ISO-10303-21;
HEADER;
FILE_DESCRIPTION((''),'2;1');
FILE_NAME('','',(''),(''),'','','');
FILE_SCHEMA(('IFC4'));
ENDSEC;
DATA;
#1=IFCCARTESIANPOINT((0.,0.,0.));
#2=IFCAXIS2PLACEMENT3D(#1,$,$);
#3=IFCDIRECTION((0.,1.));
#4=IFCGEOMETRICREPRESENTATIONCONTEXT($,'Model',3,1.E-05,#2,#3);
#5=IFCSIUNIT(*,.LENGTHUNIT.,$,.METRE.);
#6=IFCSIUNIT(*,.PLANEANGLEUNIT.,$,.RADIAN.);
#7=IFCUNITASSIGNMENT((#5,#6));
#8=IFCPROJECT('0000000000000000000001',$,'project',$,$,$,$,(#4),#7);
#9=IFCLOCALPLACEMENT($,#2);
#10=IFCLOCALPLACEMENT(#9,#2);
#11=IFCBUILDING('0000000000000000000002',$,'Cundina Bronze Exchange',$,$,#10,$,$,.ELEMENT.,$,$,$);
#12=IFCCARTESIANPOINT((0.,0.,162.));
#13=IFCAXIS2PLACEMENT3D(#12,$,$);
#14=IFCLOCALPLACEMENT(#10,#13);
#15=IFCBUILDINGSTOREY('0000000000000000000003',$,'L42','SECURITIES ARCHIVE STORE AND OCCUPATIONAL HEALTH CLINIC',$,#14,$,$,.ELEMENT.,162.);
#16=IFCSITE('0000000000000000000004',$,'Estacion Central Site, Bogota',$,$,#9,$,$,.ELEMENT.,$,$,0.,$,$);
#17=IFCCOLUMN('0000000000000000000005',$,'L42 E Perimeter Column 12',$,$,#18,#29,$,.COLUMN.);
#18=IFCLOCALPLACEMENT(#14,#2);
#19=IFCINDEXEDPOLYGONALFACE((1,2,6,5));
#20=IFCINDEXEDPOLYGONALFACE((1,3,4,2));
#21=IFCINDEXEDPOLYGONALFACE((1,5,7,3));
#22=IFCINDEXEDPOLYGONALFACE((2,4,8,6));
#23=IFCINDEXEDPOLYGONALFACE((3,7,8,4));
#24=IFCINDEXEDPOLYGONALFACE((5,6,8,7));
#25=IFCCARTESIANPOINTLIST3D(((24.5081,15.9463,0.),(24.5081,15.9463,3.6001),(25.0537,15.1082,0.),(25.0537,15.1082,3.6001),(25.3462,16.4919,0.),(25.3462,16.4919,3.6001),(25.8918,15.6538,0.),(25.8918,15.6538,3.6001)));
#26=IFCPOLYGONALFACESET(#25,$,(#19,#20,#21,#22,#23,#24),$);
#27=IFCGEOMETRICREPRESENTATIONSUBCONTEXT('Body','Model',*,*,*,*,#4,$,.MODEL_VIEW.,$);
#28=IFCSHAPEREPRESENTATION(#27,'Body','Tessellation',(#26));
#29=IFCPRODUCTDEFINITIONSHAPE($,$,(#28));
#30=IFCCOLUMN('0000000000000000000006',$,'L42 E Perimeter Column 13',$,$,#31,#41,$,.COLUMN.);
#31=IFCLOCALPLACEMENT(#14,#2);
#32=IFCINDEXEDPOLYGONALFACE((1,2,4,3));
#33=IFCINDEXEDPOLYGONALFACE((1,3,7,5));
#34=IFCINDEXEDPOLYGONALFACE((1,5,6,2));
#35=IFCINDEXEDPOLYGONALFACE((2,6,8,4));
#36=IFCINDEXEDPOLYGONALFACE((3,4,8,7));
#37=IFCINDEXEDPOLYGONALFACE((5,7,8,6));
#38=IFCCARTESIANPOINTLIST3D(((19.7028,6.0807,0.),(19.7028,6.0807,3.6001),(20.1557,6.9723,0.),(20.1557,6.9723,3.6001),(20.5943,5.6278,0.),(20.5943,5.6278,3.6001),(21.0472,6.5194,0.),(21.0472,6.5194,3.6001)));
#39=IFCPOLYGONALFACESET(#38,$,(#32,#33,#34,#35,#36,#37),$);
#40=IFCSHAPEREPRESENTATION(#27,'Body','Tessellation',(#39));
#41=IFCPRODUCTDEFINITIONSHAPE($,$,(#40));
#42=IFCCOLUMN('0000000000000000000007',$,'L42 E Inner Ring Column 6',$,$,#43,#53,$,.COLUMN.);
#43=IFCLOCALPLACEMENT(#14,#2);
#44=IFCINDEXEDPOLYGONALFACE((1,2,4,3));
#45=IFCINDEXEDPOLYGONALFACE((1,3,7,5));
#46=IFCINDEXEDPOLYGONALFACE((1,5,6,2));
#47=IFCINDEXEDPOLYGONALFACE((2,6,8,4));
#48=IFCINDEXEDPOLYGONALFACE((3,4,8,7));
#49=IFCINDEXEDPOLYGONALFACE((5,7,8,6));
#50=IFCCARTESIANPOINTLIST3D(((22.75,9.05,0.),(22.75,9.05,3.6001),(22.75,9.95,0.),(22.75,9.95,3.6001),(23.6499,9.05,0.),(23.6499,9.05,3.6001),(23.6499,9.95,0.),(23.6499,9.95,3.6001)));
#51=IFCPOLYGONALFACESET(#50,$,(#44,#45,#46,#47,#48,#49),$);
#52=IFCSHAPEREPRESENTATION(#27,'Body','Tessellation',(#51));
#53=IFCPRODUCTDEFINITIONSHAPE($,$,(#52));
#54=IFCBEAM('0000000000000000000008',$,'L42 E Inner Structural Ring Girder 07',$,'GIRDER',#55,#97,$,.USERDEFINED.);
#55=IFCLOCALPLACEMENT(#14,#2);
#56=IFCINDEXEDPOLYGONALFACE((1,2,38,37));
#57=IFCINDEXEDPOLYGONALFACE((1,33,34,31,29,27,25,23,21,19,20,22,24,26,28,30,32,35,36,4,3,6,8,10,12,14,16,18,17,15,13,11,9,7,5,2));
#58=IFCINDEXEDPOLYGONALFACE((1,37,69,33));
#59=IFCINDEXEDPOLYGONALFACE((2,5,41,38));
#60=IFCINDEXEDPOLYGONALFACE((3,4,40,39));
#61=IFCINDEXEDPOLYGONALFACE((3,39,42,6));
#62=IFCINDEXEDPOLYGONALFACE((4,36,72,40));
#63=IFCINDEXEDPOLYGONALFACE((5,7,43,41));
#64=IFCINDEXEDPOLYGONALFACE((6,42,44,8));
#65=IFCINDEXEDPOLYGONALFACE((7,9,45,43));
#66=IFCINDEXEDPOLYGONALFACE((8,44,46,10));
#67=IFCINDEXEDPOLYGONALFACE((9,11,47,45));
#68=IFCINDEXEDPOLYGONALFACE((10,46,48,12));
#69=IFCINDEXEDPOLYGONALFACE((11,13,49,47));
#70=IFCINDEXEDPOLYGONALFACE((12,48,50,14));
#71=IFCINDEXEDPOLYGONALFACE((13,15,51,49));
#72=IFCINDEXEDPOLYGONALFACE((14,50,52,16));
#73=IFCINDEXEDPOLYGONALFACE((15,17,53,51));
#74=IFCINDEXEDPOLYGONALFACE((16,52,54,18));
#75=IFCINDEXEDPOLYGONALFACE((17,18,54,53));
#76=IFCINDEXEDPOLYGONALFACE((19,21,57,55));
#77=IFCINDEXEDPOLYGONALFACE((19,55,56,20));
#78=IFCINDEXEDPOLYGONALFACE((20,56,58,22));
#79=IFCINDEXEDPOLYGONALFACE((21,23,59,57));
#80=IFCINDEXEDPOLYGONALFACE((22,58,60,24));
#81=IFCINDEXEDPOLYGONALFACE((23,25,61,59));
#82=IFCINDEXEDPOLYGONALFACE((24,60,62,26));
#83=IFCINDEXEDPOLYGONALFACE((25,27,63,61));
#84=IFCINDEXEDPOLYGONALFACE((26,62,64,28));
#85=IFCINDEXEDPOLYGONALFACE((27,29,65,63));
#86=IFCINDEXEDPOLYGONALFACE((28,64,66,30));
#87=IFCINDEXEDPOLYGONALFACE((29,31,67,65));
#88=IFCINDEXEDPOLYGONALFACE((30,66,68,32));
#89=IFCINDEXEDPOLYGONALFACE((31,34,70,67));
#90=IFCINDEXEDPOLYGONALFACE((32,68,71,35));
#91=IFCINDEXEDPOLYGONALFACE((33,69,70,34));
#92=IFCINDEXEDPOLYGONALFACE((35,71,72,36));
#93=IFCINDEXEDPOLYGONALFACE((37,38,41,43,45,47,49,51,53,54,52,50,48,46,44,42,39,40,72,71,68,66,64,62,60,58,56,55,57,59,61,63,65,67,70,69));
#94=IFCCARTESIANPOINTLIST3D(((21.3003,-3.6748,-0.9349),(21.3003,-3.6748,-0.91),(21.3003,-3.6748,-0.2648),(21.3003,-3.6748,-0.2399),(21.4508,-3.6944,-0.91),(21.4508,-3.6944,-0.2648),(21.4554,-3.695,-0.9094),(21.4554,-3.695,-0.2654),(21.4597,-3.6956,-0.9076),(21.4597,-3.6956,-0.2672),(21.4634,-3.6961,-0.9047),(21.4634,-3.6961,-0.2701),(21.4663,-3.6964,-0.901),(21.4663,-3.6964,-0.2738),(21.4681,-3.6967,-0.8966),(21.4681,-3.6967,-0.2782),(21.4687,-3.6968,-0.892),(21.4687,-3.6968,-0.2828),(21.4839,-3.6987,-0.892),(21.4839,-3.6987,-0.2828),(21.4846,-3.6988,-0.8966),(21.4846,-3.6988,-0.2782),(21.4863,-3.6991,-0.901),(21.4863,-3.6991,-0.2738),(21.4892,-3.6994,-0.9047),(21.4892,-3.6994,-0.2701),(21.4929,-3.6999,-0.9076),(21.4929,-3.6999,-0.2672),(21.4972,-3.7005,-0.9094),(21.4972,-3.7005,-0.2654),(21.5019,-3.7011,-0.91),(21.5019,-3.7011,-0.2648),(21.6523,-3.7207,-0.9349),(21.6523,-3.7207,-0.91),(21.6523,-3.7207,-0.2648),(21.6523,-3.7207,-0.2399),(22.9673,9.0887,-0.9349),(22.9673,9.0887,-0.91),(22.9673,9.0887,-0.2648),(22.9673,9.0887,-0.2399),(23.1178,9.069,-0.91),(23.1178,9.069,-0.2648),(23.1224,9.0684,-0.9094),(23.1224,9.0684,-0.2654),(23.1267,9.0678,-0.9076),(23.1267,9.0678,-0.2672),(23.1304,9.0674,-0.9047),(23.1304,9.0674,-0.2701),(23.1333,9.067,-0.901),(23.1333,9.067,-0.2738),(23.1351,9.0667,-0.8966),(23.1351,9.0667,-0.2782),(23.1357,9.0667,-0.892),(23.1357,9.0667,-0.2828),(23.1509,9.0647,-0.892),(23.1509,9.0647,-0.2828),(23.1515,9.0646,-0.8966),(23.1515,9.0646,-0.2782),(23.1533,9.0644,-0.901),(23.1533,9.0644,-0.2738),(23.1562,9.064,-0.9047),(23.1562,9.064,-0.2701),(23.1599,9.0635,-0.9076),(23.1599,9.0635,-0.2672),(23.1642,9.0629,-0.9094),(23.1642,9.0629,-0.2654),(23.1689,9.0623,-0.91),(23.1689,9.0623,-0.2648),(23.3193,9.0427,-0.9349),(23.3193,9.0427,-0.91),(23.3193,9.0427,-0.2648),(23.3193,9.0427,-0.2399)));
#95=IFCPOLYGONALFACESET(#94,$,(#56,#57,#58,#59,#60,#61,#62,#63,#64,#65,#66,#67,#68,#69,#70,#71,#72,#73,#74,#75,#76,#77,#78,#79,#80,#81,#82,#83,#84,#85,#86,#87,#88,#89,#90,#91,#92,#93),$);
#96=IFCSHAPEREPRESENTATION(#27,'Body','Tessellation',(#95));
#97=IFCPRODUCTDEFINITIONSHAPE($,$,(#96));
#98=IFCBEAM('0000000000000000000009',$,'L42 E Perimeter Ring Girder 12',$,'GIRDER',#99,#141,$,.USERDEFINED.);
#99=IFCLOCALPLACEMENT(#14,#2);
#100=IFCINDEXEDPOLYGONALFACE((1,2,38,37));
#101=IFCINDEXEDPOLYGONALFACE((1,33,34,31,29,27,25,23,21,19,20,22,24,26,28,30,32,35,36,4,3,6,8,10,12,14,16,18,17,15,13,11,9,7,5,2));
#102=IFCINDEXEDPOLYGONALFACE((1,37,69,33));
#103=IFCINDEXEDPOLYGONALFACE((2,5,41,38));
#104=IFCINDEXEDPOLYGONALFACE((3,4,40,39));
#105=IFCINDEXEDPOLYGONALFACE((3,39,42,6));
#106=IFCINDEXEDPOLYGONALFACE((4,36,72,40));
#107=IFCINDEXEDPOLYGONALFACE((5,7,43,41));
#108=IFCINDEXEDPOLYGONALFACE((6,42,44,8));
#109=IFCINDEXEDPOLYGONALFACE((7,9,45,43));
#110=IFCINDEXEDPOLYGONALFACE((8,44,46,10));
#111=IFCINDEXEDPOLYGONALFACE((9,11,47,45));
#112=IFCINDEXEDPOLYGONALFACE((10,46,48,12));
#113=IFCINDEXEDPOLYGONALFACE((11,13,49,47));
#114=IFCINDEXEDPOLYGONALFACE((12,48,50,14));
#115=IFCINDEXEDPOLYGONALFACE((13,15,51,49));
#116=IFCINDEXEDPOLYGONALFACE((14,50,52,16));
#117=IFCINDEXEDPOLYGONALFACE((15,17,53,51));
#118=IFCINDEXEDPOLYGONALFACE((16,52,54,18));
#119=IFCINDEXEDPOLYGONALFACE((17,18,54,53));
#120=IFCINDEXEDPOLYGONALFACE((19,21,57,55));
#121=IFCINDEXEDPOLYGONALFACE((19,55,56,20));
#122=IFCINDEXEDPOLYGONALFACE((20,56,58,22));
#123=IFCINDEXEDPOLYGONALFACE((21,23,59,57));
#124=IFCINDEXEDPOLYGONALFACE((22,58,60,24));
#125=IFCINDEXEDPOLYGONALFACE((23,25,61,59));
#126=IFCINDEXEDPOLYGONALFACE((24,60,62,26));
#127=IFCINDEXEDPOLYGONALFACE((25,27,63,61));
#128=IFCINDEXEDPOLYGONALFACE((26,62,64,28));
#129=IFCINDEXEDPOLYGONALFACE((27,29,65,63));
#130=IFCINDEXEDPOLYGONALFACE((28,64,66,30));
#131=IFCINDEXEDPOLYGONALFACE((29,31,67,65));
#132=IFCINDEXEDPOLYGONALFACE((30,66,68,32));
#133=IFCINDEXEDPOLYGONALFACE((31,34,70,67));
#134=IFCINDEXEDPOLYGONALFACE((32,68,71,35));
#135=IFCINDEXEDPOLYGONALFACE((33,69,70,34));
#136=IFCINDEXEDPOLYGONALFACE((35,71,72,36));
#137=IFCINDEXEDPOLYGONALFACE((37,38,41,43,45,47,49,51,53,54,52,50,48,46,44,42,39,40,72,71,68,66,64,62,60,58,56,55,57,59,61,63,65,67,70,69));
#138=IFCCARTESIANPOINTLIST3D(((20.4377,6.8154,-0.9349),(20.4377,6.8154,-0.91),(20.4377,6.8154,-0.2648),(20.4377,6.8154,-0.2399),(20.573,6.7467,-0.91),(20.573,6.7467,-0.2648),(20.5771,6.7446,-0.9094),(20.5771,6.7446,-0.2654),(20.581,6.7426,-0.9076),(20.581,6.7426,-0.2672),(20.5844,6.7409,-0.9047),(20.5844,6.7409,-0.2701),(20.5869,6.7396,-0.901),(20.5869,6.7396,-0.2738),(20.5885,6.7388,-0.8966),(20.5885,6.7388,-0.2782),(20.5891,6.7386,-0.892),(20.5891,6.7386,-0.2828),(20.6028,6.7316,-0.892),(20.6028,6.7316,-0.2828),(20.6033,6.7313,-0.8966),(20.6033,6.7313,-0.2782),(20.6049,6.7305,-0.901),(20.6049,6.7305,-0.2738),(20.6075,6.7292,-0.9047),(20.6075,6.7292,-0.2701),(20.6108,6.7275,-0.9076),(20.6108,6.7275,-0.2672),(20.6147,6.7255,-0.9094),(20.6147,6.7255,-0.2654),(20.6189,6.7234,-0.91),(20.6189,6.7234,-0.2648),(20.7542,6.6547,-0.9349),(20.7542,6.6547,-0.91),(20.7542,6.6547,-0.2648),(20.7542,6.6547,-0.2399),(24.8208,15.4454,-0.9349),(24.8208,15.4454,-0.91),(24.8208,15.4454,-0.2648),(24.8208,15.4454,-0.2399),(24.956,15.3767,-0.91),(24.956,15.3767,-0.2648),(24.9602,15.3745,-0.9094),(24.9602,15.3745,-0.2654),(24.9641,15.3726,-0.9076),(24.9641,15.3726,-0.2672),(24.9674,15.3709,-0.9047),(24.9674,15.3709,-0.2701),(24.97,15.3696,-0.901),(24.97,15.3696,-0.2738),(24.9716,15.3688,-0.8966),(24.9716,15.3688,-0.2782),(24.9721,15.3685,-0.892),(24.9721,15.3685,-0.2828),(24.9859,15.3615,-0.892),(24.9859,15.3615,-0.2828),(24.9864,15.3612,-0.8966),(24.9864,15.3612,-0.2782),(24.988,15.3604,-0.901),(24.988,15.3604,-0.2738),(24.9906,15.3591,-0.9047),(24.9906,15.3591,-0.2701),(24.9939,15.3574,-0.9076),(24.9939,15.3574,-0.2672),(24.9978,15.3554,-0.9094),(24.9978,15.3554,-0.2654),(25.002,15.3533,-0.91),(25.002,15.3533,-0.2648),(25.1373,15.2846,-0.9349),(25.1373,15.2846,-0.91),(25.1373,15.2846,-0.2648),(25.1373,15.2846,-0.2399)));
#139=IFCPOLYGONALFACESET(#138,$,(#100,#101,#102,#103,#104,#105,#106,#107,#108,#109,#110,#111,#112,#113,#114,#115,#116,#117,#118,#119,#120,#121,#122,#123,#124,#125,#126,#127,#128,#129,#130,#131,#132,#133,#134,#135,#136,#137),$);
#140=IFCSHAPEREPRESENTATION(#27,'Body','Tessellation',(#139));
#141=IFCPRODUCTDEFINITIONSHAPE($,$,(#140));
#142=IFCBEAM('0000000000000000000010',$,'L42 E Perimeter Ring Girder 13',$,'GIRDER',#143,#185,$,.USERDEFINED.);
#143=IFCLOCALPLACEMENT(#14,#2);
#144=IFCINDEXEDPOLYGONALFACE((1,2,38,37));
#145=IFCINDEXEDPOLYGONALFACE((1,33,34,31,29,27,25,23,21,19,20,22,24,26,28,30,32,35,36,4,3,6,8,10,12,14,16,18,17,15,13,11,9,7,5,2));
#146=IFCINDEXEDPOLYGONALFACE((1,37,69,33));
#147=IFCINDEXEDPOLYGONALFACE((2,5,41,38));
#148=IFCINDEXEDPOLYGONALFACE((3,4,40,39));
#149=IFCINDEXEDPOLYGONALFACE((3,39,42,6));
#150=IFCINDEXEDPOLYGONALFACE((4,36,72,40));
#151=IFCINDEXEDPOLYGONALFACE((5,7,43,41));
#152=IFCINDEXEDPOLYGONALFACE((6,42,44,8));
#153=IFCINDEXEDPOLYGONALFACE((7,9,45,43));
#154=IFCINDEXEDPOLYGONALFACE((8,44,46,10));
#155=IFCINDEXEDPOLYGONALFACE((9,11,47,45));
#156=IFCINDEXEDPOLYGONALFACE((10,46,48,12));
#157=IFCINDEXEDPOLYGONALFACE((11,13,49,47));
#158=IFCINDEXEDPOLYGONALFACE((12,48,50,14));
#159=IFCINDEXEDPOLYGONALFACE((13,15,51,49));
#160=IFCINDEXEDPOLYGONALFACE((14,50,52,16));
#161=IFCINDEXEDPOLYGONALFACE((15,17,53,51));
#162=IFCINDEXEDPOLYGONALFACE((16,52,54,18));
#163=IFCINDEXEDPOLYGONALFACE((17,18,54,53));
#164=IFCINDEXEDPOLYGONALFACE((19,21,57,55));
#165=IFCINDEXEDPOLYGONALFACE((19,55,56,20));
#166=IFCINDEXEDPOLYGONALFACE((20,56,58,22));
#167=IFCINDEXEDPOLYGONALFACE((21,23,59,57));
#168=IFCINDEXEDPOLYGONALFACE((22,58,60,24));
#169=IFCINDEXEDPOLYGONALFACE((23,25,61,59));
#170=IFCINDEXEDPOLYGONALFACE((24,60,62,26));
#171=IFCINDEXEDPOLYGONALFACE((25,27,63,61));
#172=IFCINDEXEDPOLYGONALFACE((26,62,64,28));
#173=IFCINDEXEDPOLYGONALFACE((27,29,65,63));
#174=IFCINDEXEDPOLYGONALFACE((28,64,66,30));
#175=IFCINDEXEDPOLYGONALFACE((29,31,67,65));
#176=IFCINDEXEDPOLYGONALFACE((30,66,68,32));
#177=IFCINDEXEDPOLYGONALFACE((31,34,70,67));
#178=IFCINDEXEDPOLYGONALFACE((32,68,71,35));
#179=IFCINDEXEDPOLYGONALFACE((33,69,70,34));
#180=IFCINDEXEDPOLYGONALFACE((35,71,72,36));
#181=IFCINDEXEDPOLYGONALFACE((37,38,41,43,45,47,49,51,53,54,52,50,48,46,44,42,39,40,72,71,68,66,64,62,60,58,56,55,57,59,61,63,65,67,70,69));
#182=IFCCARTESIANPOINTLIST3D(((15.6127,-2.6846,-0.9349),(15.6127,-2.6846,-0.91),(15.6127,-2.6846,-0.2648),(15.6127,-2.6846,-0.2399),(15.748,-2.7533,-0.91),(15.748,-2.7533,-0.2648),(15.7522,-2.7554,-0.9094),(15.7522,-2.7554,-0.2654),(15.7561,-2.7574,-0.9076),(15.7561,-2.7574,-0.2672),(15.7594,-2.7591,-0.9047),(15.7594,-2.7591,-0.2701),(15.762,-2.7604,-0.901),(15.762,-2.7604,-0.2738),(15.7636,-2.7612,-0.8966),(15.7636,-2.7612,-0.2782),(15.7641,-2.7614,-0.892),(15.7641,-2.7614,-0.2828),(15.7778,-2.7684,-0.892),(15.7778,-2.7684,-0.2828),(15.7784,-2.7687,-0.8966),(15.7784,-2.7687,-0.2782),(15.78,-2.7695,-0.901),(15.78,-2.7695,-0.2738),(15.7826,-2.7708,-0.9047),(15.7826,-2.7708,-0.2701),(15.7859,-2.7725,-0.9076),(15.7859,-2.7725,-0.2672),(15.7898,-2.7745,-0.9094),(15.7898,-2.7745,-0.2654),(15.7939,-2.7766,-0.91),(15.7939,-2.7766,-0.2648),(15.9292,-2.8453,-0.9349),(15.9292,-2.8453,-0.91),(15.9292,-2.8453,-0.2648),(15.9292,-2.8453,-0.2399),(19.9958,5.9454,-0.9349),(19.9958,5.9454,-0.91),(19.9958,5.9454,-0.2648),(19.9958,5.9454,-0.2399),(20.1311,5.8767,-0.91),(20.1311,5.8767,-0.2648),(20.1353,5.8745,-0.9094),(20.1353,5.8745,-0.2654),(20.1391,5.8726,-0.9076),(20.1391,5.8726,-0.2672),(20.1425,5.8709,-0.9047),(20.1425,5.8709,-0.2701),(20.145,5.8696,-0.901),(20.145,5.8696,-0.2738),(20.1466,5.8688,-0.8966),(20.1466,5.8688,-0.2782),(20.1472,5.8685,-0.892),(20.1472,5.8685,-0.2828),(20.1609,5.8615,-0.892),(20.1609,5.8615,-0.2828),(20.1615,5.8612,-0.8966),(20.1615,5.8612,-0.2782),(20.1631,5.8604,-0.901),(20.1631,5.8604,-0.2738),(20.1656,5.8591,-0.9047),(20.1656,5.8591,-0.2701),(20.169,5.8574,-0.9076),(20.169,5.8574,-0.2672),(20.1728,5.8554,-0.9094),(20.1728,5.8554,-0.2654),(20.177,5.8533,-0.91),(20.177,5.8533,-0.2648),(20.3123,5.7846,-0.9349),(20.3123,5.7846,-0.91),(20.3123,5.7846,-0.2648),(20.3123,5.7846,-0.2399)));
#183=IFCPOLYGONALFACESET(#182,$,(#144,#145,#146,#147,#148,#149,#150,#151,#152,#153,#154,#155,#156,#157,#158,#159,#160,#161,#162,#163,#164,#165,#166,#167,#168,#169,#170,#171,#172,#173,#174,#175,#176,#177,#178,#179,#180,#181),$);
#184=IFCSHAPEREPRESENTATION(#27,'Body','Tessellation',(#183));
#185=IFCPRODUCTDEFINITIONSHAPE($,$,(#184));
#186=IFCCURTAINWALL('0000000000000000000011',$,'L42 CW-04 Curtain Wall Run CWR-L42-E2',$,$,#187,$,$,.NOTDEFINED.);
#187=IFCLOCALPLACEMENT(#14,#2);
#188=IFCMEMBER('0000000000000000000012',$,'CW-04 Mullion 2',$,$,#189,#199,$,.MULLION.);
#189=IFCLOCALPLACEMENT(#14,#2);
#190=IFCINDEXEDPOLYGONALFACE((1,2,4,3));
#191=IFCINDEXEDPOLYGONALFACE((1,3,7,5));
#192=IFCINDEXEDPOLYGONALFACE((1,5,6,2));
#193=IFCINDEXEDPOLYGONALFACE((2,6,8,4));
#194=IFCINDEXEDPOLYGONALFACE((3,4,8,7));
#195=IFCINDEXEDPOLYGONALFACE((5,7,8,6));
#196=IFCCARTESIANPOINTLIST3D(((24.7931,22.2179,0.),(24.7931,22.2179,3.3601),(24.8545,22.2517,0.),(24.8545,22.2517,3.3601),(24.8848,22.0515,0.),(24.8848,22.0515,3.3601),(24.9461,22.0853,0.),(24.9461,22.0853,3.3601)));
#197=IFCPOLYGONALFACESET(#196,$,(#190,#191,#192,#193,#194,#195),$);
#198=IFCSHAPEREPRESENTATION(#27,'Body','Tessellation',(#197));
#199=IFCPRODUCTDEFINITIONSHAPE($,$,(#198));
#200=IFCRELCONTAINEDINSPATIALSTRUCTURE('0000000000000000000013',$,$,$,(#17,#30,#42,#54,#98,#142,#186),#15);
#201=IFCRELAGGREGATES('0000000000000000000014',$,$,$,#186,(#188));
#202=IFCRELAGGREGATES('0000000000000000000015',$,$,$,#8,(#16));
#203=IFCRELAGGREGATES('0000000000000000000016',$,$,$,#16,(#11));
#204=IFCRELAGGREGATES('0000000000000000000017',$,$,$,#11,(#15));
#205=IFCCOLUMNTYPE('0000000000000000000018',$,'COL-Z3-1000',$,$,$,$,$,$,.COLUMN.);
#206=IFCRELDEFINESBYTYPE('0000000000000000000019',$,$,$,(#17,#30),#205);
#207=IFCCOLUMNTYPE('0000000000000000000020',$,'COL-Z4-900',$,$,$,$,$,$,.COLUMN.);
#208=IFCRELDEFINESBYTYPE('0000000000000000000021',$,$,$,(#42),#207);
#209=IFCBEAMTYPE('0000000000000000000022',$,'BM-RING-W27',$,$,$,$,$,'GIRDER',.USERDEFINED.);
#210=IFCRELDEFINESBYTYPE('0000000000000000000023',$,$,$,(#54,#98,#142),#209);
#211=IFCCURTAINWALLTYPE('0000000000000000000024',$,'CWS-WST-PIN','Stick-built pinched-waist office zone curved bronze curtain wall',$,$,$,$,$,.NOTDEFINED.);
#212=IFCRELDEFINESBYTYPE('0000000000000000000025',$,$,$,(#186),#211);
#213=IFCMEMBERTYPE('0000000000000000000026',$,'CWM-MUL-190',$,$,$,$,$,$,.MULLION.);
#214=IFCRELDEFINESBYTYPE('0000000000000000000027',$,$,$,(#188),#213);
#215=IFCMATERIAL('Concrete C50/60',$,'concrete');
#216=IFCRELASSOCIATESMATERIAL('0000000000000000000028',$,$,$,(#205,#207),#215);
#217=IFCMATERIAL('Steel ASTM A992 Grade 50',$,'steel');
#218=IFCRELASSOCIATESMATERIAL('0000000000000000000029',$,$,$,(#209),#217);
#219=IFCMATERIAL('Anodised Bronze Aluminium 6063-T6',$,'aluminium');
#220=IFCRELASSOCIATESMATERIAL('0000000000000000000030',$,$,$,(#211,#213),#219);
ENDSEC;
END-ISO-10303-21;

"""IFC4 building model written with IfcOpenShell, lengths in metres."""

from ifc_helpers import new_model, si_unit, direction, frame, origin, origin_2d, place, context, subcontext, project, spatial, rectangle, i_section, extrude, material, material_profile, profile_set, type_object, element, aggregate, save


model = new_model("IFC4")

# Units and contexts
model_context = context("Model", 3, precision=1e-05, world=origin(), true_north=direction((0.0, 1.0)))
body_context = subcontext(model_context, "Body", "Model", "MODEL_VIEW")
ifc_project = project(units=[si_unit("LENGTHUNIT", "METRE"), si_unit("PLANEANGLEUNIT", "RADIAN")], contexts=[model_context])

# Site, building, storey
site_placement = place(None, origin())
site = spatial("IfcSite", under=ifc_project, at=site_placement, Name="Estacion Central Site, Bogota", CompositionType="ELEMENT", RefElevation=0.0)
building_placement = place(site_placement, origin())
building = spatial("IfcBuilding", under=site, at=building_placement, Name="Cundina Bronze Exchange", CompositionType="ELEMENT")
storey_placement = place(building_placement, frame((0.0, 0.0, 162.0)))
storey = spatial("IfcBuildingStorey", under=building, at=storey_placement, Name="L42", Description="SECURITIES ARCHIVE STORE AND OCCUPATIONAL HEALTH CLINIC", CompositionType="ELEMENT", Elevation=162.0)

# Columns
ifc_material_1 = material(Name="Concrete C50/60", Category="concrete")
ifc_material_profile_1 = material_profile(ifc_material_1, rectangle(XDim=1.0, YDim=1.0, at=origin_2d()), Name="RC1000X1000", Category="concrete")
ifc_profile_set_1 = profile_set([ifc_material_profile_1], Name="Concrete C50/60")
column_type_1 = type_object("IfcColumnType", Name="COL-Z3-1000", PredefinedType="COLUMN", material=ifc_profile_set_1)
for number, where, z_axis, x_axis, name in (
    (1, (25.2, 15.8, 0.0), (0.0, 0.0, 1.0), (-0.8381, -0.545517, 0.0), "L42 E Perimeter Column 12"),
    (2, (20.375, 6.3, 0.0), (0.0, 0.0, 1.0), (-0.452902, -0.891561, 0.0), "L42 E Perimeter Column 13"),
):
    element("IfcColumn", number, at=place(storey_placement, frame(where, z_axis=z_axis, x_axis=x_axis)), inside=storey, type_object=column_type_1, Name=name, PredefinedType="COLUMN", context=body_context, shape_type="SweptSolid", body=[
        extrude(rectangle(XDim=1.0, YDim=1.0, at=origin_2d()), origin(), (0.0, 0.0, 1.0), 3.6001),
    ])
ifc_material_profile_2 = material_profile(ifc_material_1, rectangle(XDim=0.8999, YDim=0.8999, at=origin_2d()), Name="RC900X900", Category="concrete")
ifc_profile_set_2 = profile_set([ifc_material_profile_2], Name="Concrete C50/60")
column_type_2 = type_object("IfcColumnType", Name="COL-Z4-900", PredefinedType="COLUMN", material=ifc_profile_set_2)
column_placement = place(storey_placement, frame((23.2, 9.5, 0.0), z_axis=(0.0, 0.0, 1.0), x_axis=(1.0, 0.0, 0.0)))
element("IfcColumn", 3, at=column_placement, inside=storey, type_object=column_type_2, Name="L42 E Inner Ring Column 6", PredefinedType="COLUMN", context=body_context, shape_type="SweptSolid", body=[
    extrude(rectangle(XDim=0.8999, YDim=0.8999, at=origin_2d()), origin(), (0.0, 0.0, 1.0), 3.6001),
])

# Beams
ifc_material_2 = material(Name="Steel ASTM A992 Grade 50", Category="steel")
ifc_material_profile_3 = material_profile(ifc_material_2, i_section(OverallWidth=0.355, OverallDepth=0.6951, WebThickness=0.0154, FlangeThickness=0.0249, FilletRadius=0.0181, at=origin_2d()), Name="W27X146", Category="steel")
ifc_profile_set_3 = profile_set([ifc_material_profile_3], Name="Steel ASTM A992 Grade 50")
beam_type = type_object("IfcBeamType", Name="BM-RING-W27", ElementType="GIRDER", PredefinedType="USERDEFINED", material=ifc_profile_set_3)
beam_placement = place(storey_placement, frame((23.1433, 9.0657, -0.5874), z_axis=(-0.129507, -0.991579, 0.0), x_axis=(0.991579, -0.129507, 0.0)))
element("IfcBeam", 4, at=beam_placement, inside=storey, type_object=beam_type, Name="L42 E Inner Structural Ring Girder 07", ObjectType="GIRDER", PredefinedType="USERDEFINED", context=body_context, shape_type="SweptSolid", body=[
    extrude(i_section(OverallWidth=0.355, OverallDepth=0.6951, WebThickness=0.0154, FlangeThickness=0.0249, FilletRadius=0.0181, at=origin_2d()), origin(), (0.0, 0.0, 1.0), 12.8718),
])
for number, where, z_axis, x_axis, name in (
    (5, (24.979, 15.365, -0.5874), (-0.452835, -0.891595, 0.0), (0.891595, -0.452835, 0.0), "L42 E Perimeter Ring Girder 12"),
    (6, (20.1541, 5.865, -0.5874), (-0.452835, -0.891595, 0.0), (0.891595, -0.452835, 0.0), "L42 E Perimeter Ring Girder 13"),
):
    element("IfcBeam", number, at=place(storey_placement, frame(where, z_axis=z_axis, x_axis=x_axis)), inside=storey, type_object=beam_type, Name=name, ObjectType="GIRDER", PredefinedType="USERDEFINED", context=body_context, shape_type="SweptSolid", body=[
        extrude(i_section(OverallWidth=0.355, OverallDepth=0.6951, WebThickness=0.0154, FlangeThickness=0.0249, FilletRadius=0.0181, at=origin_2d()), origin(), (0.0, 0.0, 1.0), 9.6792),
    ])

# Curtain wall, member
ifc_material_3 = material(Name="Anodised Bronze Aluminium 6063-T6", Category="aluminium")
curtain_wall_type = type_object("IfcCurtainWallType", Name="CWS-WST-PIN", Description="Stick-built pinched-waist office zone curved bronze curtain wall", PredefinedType="NOTDEFINED", material=ifc_material_3)
curtain_wall_placement = place(storey_placement, origin())
curtain_wall = element("IfcCurtainWall", 7, at=curtain_wall_placement, inside=storey, type_object=curtain_wall_type, Name="L42 CW-04 Curtain Wall Run CWR-L42-E2", PredefinedType="NOTDEFINED")
ifc_material_profile_4 = material_profile(ifc_material_3, rectangle(XDim=0.0701, YDim=0.1899, at=origin_2d()), Name="AL70X190", Category="aluminium")
ifc_profile_set_4 = profile_set([ifc_material_profile_4], Name="Anodised Bronze Aluminium 6063-T6")
member_type_1 = type_object("IfcMemberType", Name="CWM-MUL-190", PredefinedType="MULLION", material=ifc_profile_set_4)
member_1_placement = place(storey_placement, frame((24.8696, 22.1516, 0.0), z_axis=(0.0, 0.0, 1.0), x_axis=(-0.875886, -0.482518, 0.0)))
member_1 = element("IfcMember", 8, at=member_1_placement, type_object=member_type_1, Name="CW-04 Mullion 2", PredefinedType="MULLION", context=body_context, shape_type="SweptSolid", body=[
    extrude(rectangle(XDim=0.0701, YDim=0.1899, at=origin_2d()), origin(), (0.0, 0.0, 1.0), 3.3601),
])
aggregate(curtain_wall, [member_1])

save(model, "model.ifc")
